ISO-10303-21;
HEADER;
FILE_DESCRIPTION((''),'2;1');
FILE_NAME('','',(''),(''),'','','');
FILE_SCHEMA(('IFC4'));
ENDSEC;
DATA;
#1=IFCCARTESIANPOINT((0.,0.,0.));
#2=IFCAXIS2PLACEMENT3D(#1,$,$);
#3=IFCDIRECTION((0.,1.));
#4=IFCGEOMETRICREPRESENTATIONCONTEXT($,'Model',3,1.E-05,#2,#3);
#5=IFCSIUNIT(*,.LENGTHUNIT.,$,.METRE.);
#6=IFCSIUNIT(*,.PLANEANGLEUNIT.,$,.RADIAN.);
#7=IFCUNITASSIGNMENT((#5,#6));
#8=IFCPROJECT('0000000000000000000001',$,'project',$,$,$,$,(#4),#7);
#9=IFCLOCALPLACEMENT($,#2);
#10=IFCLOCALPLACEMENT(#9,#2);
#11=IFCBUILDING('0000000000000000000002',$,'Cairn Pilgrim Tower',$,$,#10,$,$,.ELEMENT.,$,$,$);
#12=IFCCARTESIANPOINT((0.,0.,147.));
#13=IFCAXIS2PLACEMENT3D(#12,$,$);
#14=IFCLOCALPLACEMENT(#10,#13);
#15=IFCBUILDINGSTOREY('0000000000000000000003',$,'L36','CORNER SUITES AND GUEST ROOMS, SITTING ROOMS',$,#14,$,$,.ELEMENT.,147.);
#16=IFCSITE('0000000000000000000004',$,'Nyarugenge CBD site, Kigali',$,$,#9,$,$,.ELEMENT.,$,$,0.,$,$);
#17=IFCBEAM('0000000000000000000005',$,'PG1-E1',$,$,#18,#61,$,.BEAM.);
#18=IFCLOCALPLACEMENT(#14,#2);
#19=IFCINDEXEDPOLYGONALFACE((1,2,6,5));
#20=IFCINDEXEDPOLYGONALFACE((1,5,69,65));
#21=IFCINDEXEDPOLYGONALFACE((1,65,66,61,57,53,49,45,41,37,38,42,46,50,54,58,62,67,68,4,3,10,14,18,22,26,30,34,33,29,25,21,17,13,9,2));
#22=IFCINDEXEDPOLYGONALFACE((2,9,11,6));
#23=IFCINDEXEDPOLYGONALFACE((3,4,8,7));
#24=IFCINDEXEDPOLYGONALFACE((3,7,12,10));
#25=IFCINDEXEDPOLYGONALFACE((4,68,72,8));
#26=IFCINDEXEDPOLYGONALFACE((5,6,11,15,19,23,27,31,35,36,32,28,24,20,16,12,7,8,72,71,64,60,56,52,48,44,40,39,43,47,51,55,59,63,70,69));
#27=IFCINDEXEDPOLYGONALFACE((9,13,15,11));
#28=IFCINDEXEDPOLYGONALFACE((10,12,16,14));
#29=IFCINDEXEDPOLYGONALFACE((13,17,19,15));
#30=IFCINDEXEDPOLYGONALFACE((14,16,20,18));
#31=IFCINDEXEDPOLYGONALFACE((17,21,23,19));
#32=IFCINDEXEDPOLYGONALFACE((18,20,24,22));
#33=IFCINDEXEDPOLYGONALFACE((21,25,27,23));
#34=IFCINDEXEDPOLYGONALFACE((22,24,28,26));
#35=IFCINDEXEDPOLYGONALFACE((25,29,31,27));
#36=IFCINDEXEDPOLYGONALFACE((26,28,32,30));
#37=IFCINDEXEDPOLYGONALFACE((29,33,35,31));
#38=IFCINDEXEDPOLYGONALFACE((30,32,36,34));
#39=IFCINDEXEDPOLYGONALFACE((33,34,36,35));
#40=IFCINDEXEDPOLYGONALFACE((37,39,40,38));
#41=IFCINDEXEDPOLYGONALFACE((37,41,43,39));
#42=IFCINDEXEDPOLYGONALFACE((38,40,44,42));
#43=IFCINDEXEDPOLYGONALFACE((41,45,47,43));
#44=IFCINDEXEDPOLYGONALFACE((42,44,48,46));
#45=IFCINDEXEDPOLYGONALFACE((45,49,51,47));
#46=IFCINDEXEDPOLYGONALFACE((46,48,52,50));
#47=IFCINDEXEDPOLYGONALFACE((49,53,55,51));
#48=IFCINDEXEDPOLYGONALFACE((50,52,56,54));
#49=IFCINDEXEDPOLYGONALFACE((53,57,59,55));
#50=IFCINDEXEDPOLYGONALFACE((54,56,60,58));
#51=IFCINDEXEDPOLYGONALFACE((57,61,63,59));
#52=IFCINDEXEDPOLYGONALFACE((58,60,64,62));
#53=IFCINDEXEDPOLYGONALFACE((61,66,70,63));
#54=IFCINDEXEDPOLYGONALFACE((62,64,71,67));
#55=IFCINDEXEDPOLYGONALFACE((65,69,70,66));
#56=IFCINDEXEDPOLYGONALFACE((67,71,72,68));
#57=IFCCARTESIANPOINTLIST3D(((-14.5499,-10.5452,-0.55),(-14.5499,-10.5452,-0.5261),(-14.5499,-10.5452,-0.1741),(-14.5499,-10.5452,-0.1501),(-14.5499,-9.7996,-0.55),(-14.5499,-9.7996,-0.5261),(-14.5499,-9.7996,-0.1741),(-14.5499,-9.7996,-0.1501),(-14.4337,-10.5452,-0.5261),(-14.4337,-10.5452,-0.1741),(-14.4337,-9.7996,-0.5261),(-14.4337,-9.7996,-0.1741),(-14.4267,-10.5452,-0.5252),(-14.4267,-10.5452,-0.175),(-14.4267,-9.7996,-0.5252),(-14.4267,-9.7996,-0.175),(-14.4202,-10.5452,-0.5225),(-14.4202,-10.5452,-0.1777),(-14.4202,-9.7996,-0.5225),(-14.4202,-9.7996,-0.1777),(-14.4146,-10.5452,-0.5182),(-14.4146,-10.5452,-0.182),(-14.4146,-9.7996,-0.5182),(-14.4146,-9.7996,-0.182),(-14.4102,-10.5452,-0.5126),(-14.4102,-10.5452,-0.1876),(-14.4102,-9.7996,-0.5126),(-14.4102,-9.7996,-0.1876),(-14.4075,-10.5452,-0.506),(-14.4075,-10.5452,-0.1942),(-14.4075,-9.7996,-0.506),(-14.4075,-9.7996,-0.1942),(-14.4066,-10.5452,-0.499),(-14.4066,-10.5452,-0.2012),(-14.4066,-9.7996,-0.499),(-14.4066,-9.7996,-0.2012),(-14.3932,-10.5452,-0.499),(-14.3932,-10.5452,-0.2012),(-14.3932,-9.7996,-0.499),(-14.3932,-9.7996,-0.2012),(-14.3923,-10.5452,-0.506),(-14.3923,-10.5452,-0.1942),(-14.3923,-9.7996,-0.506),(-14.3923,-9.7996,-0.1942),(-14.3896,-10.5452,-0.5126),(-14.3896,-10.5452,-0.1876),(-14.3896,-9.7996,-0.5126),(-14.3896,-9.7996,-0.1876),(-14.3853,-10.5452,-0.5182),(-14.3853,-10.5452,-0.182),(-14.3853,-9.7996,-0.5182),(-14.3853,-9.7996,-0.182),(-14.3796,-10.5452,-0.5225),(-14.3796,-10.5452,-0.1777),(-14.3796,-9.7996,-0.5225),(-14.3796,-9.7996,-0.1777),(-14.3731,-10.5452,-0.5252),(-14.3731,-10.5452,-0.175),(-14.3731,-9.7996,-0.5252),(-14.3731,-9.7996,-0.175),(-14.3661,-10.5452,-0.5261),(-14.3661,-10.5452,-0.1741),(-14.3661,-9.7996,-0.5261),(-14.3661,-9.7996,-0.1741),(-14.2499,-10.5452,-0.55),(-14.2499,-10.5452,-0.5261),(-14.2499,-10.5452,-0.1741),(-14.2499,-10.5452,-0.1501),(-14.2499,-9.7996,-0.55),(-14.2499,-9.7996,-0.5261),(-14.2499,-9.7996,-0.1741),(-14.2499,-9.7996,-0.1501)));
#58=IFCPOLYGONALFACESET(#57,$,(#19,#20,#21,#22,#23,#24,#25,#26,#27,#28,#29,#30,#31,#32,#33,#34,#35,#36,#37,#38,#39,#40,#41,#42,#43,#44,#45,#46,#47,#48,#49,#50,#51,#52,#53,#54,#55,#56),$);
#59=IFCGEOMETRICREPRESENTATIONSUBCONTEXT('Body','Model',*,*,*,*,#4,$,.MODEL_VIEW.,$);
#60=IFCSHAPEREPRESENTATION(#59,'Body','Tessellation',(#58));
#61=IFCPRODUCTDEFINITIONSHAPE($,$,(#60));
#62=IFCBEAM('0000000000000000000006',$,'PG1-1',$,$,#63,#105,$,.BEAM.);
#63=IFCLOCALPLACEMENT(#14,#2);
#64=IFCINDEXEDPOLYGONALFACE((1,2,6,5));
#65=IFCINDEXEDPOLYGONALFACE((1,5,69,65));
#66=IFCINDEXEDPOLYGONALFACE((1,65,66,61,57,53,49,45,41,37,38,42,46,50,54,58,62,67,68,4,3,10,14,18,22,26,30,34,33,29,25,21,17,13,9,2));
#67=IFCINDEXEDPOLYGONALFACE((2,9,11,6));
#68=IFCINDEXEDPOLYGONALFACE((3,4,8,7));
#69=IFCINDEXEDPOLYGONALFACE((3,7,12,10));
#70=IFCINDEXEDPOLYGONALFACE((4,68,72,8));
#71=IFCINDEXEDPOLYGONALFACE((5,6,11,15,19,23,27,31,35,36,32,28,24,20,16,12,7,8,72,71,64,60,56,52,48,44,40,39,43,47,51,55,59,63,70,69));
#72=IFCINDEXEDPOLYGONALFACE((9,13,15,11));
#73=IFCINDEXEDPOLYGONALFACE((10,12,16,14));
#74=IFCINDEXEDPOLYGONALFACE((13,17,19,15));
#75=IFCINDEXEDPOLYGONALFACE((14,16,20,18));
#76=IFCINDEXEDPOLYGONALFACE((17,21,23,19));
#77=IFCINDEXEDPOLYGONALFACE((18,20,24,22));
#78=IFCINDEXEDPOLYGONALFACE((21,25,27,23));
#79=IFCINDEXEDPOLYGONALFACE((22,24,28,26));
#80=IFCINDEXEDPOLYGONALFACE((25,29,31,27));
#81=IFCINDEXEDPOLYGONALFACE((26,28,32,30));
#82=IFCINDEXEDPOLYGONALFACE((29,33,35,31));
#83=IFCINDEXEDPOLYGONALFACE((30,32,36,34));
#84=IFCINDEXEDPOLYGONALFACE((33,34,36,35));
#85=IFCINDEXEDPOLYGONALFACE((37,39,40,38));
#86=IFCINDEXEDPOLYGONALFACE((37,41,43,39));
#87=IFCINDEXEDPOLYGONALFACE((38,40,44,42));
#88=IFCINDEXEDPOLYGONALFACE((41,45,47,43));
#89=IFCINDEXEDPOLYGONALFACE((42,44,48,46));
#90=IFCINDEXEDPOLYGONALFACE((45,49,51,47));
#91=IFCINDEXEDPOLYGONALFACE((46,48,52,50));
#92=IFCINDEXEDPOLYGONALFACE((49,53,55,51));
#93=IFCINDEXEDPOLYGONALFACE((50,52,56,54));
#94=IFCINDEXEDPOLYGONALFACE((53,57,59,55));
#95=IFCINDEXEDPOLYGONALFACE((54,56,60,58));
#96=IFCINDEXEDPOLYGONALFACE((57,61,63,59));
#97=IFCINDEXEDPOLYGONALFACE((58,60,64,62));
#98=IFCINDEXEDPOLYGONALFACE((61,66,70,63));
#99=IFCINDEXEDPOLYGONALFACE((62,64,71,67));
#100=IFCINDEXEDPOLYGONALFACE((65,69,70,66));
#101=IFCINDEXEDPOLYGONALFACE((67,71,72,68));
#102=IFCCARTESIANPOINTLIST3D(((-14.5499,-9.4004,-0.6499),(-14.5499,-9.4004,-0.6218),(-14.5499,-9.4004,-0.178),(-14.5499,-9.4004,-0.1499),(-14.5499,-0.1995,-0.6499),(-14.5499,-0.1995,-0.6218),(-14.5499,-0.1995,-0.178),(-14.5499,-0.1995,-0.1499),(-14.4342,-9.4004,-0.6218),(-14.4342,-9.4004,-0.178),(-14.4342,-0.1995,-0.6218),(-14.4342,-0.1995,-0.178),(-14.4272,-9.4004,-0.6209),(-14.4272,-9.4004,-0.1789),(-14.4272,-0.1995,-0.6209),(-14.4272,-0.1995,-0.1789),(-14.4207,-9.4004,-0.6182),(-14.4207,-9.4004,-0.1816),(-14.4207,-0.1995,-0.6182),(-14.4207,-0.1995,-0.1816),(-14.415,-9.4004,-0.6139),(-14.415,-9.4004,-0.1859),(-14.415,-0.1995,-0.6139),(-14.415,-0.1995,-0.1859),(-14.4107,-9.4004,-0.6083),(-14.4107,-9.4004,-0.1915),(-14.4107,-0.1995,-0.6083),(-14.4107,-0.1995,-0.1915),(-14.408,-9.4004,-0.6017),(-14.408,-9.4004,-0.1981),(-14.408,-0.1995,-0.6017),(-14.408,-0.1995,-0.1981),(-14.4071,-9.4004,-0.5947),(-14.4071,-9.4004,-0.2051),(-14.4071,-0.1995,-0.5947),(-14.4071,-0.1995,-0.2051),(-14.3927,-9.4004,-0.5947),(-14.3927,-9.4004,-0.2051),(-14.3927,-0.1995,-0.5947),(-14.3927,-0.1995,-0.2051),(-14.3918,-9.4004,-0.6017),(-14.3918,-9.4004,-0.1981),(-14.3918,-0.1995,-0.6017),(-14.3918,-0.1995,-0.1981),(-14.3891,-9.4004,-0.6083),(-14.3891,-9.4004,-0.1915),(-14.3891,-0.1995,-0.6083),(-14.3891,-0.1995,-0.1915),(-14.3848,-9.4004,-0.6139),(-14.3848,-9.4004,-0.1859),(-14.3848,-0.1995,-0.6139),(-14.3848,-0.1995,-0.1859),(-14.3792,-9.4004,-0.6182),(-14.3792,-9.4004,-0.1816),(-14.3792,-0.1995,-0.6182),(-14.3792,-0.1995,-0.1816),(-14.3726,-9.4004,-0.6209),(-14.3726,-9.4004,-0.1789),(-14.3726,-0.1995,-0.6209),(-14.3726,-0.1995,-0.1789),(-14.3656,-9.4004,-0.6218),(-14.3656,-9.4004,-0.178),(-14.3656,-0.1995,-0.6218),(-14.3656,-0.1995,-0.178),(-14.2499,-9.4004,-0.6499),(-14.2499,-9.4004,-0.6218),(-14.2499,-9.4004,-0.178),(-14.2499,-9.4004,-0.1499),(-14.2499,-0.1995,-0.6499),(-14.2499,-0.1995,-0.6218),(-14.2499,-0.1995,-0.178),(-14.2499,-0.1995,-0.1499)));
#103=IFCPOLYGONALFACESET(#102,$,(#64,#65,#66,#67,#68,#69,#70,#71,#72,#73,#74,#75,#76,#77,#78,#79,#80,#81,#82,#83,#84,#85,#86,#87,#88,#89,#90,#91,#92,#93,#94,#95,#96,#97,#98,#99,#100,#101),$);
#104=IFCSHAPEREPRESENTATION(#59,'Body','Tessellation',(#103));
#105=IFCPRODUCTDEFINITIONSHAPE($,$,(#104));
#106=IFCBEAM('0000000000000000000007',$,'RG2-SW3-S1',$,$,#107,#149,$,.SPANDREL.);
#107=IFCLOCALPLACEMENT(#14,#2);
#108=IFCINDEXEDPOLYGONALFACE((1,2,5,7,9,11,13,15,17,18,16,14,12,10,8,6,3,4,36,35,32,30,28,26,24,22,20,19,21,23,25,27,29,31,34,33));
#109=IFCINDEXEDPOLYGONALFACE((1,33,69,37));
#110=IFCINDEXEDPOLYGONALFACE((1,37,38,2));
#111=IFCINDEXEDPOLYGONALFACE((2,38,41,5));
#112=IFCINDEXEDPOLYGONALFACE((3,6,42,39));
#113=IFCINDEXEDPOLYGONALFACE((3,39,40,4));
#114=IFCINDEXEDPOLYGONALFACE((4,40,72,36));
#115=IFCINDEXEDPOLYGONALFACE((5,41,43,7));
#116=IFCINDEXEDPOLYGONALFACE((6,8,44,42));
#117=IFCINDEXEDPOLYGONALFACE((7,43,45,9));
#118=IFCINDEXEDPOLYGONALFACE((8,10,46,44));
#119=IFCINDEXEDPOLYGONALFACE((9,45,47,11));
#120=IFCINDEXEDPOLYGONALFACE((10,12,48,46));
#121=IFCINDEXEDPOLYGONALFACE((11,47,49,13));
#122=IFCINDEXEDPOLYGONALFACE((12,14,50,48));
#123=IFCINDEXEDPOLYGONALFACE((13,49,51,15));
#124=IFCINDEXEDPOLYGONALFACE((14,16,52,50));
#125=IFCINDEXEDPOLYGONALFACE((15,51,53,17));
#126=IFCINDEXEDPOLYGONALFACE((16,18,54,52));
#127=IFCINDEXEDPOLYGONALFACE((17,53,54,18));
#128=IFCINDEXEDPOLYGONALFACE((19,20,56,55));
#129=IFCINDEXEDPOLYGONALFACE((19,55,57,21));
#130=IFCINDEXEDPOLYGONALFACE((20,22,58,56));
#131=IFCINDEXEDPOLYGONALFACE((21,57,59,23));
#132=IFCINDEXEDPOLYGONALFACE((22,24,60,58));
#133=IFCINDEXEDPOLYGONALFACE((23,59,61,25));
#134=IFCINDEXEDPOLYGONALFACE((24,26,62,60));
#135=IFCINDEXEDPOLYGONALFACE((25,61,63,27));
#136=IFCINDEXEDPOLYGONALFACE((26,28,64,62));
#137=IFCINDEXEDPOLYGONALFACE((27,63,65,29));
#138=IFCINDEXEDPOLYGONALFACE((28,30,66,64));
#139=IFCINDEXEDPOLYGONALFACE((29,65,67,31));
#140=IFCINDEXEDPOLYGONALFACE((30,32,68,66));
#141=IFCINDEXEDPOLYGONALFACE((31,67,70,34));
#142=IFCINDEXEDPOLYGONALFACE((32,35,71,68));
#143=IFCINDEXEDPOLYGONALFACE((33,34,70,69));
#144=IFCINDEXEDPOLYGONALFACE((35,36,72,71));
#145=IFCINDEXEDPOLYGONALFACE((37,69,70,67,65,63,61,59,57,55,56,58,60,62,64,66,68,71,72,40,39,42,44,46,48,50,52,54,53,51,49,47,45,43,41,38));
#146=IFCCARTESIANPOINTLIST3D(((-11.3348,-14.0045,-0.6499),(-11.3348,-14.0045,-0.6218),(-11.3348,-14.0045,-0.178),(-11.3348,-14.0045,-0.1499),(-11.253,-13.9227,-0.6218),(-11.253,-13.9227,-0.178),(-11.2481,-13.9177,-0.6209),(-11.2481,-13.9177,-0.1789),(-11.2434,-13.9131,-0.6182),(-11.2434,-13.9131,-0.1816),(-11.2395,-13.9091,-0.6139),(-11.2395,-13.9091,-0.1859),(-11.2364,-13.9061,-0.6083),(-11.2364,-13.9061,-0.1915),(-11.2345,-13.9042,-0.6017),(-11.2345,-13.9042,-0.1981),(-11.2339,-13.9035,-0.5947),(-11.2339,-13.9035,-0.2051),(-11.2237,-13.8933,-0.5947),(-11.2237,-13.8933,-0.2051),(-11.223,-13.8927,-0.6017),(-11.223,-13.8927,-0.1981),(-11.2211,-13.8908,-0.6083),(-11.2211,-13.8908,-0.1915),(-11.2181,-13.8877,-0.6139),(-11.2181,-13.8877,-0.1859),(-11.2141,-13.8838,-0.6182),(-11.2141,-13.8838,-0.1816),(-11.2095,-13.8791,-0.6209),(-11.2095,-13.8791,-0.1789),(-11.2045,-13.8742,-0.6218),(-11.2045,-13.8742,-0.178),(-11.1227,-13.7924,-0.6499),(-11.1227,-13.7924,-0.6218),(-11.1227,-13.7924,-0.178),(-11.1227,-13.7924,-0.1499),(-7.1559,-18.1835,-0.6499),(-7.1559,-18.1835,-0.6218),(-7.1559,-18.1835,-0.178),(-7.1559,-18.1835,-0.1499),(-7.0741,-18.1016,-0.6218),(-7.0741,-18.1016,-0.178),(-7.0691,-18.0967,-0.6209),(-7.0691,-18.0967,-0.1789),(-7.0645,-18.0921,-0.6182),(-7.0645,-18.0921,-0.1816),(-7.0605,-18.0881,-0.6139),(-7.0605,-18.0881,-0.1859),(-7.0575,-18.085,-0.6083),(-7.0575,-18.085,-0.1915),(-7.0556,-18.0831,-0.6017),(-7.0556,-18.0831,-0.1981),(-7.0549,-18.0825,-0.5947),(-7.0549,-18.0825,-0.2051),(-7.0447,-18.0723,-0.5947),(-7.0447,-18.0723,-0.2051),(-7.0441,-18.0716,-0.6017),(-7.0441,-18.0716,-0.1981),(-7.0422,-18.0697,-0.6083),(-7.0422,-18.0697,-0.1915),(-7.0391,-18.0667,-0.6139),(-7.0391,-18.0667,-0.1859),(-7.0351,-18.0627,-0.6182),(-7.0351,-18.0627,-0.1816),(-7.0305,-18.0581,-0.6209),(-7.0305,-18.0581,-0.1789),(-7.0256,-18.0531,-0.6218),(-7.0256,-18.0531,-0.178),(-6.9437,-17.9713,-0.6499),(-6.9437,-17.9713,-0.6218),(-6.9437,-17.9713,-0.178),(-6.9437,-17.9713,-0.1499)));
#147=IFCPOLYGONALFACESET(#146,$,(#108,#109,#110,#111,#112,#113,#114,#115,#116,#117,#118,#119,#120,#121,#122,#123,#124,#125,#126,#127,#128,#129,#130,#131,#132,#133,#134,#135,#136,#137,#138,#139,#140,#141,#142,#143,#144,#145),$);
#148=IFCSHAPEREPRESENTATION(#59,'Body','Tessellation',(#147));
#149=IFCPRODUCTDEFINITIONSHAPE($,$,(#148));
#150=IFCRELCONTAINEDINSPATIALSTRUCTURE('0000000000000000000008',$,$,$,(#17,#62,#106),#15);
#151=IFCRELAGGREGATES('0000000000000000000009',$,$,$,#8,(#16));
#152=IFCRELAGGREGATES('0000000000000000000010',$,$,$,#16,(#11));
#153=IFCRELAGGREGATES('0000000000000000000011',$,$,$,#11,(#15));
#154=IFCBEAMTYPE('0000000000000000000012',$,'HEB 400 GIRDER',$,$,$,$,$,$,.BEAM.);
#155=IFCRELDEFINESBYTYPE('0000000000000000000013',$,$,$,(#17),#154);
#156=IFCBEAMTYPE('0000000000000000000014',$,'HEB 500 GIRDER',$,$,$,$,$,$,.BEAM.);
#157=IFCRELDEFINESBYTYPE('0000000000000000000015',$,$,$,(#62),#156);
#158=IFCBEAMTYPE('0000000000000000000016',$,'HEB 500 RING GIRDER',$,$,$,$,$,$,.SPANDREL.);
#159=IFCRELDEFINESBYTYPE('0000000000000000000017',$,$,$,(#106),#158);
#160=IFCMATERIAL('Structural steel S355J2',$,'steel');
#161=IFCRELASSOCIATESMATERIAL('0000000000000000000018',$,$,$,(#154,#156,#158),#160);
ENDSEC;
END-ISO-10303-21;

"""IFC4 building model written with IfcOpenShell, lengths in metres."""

from ifc_helpers import new_model, si_unit, direction, frame, origin, origin_2d, place, context, subcontext, project, spatial, i_section, extrude, material, material_profile, profile_set, type_object, element, save


model = new_model("IFC4")

# Units and contexts
model_context = context("Model", 3, precision=1e-05, world=origin(), true_north=direction((0.0, 1.0)))
body_context = subcontext(model_context, "Body", "Model", "MODEL_VIEW")
ifc_project = project(units=[si_unit("LENGTHUNIT", "METRE"), si_unit("PLANEANGLEUNIT", "RADIAN")], contexts=[model_context])

# Site, building, storey
site_placement = place(None, origin())
site = spatial("IfcSite", under=ifc_project, at=site_placement, Name="Nyarugenge CBD site, Kigali", CompositionType="ELEMENT", RefElevation=0.0)
building_placement = place(site_placement, origin())
building = spatial("IfcBuilding", under=site, at=building_placement, Name="Cairn Pilgrim Tower", CompositionType="ELEMENT")
storey_placement = place(building_placement, frame((0.0, 0.0, 147.0)))
storey = spatial("IfcBuildingStorey", under=building, at=storey_placement, Name="L36", Description="CORNER SUITES AND GUEST ROOMS, SITTING ROOMS", CompositionType="ELEMENT", Elevation=147.0)

# Shared definitions
ifc_material_1 = material(Name="Structural steel S355J2", Category="steel")

# Beams
ifc_material_profile_1 = material_profile(ifc_material_1, i_section(OverallWidth=0.3, OverallDepth=0.3999, WebThickness=0.0134, FlangeThickness=0.0239, FilletRadius=0.0271, at=origin_2d()), Name="HEB 400")
ifc_profile_set_1 = profile_set([ifc_material_profile_1], Name="Structural steel S355J2")
beam_type_1 = type_object("IfcBeamType", Name="HEB 400 GIRDER", PredefinedType="BEAM", material=ifc_profile_set_1)
beam_1_placement = place(storey_placement, frame((-14.3999, -10.5452, -0.3501), z_axis=(0.0, 1.0, 0.0), x_axis=(-1.0, 0.0, 0.0)))
element("IfcBeam", 1, at=beam_1_placement, inside=storey, type_object=beam_type_1, Name="PG1-E1", PredefinedType="BEAM", context=body_context, shape_type="SweptSolid", body=[
    extrude(i_section(OverallWidth=0.3, OverallDepth=0.3999, WebThickness=0.0134, FlangeThickness=0.0239, FilletRadius=0.0271, at=origin_2d()), origin(), (0.0, 0.0, 1.0), 0.7456),
])
ifc_material_profile_2 = material_profile(ifc_material_1, i_section(OverallWidth=0.3, OverallDepth=0.5, WebThickness=0.0144, FlangeThickness=0.0281, FilletRadius=0.0271, at=origin_2d()), Name="HEB 500")
ifc_profile_set_2 = profile_set([ifc_material_profile_2], Name="Structural steel S355J2")
beam_type_2 = type_object("IfcBeamType", Name="HEB 500 GIRDER", PredefinedType="BEAM", material=ifc_profile_set_2)
beam_2_placement = place(storey_placement, frame((-14.3999, -9.4004, -0.3999), z_axis=(0.0, 1.0, 0.0), x_axis=(-1.0, 0.0, 0.0)))
element("IfcBeam", 2, at=beam_2_placement, inside=storey, type_object=beam_type_2, Name="PG1-1", PredefinedType="BEAM", context=body_context, shape_type="SweptSolid", body=[
    extrude(i_section(OverallWidth=0.3, OverallDepth=0.5, WebThickness=0.0144, FlangeThickness=0.0281, FilletRadius=0.0271, at=origin_2d()), origin(), (0.0, 0.0, 1.0), 9.2009),
])
ifc_material_profile_3 = material_profile(ifc_material_1, i_section(OverallWidth=0.3, OverallDepth=0.5, WebThickness=0.0144, FlangeThickness=0.0281, FilletRadius=0.0271, at=origin_2d()), Name="HEB 500")
ifc_profile_set_3 = profile_set([ifc_material_profile_3], Name="Structural steel S355J2")
beam_type_3 = type_object("IfcBeamType", Name="HEB 500 RING GIRDER", PredefinedType="SPANDREL", material=ifc_profile_set_3)
beam_3_placement = place(storey_placement, frame((-11.2288, -13.8984, -0.3999), z_axis=(0.707107, -0.707107, 0.0), x_axis=(0.707107, 0.707107, 0.0)))
element("IfcBeam", 3, at=beam_3_placement, inside=storey, type_object=beam_type_3, Name="RG2-SW3-S1", PredefinedType="SPANDREL", context=body_context, shape_type="SweptSolid", body=[
    extrude(i_section(OverallWidth=0.3, OverallDepth=0.5, WebThickness=0.0144, FlangeThickness=0.0281, FilletRadius=0.0271, at=origin_2d()), origin(), (0.0, 0.0, 1.0), 5.9099),
])

save(model, "model.ifc")
